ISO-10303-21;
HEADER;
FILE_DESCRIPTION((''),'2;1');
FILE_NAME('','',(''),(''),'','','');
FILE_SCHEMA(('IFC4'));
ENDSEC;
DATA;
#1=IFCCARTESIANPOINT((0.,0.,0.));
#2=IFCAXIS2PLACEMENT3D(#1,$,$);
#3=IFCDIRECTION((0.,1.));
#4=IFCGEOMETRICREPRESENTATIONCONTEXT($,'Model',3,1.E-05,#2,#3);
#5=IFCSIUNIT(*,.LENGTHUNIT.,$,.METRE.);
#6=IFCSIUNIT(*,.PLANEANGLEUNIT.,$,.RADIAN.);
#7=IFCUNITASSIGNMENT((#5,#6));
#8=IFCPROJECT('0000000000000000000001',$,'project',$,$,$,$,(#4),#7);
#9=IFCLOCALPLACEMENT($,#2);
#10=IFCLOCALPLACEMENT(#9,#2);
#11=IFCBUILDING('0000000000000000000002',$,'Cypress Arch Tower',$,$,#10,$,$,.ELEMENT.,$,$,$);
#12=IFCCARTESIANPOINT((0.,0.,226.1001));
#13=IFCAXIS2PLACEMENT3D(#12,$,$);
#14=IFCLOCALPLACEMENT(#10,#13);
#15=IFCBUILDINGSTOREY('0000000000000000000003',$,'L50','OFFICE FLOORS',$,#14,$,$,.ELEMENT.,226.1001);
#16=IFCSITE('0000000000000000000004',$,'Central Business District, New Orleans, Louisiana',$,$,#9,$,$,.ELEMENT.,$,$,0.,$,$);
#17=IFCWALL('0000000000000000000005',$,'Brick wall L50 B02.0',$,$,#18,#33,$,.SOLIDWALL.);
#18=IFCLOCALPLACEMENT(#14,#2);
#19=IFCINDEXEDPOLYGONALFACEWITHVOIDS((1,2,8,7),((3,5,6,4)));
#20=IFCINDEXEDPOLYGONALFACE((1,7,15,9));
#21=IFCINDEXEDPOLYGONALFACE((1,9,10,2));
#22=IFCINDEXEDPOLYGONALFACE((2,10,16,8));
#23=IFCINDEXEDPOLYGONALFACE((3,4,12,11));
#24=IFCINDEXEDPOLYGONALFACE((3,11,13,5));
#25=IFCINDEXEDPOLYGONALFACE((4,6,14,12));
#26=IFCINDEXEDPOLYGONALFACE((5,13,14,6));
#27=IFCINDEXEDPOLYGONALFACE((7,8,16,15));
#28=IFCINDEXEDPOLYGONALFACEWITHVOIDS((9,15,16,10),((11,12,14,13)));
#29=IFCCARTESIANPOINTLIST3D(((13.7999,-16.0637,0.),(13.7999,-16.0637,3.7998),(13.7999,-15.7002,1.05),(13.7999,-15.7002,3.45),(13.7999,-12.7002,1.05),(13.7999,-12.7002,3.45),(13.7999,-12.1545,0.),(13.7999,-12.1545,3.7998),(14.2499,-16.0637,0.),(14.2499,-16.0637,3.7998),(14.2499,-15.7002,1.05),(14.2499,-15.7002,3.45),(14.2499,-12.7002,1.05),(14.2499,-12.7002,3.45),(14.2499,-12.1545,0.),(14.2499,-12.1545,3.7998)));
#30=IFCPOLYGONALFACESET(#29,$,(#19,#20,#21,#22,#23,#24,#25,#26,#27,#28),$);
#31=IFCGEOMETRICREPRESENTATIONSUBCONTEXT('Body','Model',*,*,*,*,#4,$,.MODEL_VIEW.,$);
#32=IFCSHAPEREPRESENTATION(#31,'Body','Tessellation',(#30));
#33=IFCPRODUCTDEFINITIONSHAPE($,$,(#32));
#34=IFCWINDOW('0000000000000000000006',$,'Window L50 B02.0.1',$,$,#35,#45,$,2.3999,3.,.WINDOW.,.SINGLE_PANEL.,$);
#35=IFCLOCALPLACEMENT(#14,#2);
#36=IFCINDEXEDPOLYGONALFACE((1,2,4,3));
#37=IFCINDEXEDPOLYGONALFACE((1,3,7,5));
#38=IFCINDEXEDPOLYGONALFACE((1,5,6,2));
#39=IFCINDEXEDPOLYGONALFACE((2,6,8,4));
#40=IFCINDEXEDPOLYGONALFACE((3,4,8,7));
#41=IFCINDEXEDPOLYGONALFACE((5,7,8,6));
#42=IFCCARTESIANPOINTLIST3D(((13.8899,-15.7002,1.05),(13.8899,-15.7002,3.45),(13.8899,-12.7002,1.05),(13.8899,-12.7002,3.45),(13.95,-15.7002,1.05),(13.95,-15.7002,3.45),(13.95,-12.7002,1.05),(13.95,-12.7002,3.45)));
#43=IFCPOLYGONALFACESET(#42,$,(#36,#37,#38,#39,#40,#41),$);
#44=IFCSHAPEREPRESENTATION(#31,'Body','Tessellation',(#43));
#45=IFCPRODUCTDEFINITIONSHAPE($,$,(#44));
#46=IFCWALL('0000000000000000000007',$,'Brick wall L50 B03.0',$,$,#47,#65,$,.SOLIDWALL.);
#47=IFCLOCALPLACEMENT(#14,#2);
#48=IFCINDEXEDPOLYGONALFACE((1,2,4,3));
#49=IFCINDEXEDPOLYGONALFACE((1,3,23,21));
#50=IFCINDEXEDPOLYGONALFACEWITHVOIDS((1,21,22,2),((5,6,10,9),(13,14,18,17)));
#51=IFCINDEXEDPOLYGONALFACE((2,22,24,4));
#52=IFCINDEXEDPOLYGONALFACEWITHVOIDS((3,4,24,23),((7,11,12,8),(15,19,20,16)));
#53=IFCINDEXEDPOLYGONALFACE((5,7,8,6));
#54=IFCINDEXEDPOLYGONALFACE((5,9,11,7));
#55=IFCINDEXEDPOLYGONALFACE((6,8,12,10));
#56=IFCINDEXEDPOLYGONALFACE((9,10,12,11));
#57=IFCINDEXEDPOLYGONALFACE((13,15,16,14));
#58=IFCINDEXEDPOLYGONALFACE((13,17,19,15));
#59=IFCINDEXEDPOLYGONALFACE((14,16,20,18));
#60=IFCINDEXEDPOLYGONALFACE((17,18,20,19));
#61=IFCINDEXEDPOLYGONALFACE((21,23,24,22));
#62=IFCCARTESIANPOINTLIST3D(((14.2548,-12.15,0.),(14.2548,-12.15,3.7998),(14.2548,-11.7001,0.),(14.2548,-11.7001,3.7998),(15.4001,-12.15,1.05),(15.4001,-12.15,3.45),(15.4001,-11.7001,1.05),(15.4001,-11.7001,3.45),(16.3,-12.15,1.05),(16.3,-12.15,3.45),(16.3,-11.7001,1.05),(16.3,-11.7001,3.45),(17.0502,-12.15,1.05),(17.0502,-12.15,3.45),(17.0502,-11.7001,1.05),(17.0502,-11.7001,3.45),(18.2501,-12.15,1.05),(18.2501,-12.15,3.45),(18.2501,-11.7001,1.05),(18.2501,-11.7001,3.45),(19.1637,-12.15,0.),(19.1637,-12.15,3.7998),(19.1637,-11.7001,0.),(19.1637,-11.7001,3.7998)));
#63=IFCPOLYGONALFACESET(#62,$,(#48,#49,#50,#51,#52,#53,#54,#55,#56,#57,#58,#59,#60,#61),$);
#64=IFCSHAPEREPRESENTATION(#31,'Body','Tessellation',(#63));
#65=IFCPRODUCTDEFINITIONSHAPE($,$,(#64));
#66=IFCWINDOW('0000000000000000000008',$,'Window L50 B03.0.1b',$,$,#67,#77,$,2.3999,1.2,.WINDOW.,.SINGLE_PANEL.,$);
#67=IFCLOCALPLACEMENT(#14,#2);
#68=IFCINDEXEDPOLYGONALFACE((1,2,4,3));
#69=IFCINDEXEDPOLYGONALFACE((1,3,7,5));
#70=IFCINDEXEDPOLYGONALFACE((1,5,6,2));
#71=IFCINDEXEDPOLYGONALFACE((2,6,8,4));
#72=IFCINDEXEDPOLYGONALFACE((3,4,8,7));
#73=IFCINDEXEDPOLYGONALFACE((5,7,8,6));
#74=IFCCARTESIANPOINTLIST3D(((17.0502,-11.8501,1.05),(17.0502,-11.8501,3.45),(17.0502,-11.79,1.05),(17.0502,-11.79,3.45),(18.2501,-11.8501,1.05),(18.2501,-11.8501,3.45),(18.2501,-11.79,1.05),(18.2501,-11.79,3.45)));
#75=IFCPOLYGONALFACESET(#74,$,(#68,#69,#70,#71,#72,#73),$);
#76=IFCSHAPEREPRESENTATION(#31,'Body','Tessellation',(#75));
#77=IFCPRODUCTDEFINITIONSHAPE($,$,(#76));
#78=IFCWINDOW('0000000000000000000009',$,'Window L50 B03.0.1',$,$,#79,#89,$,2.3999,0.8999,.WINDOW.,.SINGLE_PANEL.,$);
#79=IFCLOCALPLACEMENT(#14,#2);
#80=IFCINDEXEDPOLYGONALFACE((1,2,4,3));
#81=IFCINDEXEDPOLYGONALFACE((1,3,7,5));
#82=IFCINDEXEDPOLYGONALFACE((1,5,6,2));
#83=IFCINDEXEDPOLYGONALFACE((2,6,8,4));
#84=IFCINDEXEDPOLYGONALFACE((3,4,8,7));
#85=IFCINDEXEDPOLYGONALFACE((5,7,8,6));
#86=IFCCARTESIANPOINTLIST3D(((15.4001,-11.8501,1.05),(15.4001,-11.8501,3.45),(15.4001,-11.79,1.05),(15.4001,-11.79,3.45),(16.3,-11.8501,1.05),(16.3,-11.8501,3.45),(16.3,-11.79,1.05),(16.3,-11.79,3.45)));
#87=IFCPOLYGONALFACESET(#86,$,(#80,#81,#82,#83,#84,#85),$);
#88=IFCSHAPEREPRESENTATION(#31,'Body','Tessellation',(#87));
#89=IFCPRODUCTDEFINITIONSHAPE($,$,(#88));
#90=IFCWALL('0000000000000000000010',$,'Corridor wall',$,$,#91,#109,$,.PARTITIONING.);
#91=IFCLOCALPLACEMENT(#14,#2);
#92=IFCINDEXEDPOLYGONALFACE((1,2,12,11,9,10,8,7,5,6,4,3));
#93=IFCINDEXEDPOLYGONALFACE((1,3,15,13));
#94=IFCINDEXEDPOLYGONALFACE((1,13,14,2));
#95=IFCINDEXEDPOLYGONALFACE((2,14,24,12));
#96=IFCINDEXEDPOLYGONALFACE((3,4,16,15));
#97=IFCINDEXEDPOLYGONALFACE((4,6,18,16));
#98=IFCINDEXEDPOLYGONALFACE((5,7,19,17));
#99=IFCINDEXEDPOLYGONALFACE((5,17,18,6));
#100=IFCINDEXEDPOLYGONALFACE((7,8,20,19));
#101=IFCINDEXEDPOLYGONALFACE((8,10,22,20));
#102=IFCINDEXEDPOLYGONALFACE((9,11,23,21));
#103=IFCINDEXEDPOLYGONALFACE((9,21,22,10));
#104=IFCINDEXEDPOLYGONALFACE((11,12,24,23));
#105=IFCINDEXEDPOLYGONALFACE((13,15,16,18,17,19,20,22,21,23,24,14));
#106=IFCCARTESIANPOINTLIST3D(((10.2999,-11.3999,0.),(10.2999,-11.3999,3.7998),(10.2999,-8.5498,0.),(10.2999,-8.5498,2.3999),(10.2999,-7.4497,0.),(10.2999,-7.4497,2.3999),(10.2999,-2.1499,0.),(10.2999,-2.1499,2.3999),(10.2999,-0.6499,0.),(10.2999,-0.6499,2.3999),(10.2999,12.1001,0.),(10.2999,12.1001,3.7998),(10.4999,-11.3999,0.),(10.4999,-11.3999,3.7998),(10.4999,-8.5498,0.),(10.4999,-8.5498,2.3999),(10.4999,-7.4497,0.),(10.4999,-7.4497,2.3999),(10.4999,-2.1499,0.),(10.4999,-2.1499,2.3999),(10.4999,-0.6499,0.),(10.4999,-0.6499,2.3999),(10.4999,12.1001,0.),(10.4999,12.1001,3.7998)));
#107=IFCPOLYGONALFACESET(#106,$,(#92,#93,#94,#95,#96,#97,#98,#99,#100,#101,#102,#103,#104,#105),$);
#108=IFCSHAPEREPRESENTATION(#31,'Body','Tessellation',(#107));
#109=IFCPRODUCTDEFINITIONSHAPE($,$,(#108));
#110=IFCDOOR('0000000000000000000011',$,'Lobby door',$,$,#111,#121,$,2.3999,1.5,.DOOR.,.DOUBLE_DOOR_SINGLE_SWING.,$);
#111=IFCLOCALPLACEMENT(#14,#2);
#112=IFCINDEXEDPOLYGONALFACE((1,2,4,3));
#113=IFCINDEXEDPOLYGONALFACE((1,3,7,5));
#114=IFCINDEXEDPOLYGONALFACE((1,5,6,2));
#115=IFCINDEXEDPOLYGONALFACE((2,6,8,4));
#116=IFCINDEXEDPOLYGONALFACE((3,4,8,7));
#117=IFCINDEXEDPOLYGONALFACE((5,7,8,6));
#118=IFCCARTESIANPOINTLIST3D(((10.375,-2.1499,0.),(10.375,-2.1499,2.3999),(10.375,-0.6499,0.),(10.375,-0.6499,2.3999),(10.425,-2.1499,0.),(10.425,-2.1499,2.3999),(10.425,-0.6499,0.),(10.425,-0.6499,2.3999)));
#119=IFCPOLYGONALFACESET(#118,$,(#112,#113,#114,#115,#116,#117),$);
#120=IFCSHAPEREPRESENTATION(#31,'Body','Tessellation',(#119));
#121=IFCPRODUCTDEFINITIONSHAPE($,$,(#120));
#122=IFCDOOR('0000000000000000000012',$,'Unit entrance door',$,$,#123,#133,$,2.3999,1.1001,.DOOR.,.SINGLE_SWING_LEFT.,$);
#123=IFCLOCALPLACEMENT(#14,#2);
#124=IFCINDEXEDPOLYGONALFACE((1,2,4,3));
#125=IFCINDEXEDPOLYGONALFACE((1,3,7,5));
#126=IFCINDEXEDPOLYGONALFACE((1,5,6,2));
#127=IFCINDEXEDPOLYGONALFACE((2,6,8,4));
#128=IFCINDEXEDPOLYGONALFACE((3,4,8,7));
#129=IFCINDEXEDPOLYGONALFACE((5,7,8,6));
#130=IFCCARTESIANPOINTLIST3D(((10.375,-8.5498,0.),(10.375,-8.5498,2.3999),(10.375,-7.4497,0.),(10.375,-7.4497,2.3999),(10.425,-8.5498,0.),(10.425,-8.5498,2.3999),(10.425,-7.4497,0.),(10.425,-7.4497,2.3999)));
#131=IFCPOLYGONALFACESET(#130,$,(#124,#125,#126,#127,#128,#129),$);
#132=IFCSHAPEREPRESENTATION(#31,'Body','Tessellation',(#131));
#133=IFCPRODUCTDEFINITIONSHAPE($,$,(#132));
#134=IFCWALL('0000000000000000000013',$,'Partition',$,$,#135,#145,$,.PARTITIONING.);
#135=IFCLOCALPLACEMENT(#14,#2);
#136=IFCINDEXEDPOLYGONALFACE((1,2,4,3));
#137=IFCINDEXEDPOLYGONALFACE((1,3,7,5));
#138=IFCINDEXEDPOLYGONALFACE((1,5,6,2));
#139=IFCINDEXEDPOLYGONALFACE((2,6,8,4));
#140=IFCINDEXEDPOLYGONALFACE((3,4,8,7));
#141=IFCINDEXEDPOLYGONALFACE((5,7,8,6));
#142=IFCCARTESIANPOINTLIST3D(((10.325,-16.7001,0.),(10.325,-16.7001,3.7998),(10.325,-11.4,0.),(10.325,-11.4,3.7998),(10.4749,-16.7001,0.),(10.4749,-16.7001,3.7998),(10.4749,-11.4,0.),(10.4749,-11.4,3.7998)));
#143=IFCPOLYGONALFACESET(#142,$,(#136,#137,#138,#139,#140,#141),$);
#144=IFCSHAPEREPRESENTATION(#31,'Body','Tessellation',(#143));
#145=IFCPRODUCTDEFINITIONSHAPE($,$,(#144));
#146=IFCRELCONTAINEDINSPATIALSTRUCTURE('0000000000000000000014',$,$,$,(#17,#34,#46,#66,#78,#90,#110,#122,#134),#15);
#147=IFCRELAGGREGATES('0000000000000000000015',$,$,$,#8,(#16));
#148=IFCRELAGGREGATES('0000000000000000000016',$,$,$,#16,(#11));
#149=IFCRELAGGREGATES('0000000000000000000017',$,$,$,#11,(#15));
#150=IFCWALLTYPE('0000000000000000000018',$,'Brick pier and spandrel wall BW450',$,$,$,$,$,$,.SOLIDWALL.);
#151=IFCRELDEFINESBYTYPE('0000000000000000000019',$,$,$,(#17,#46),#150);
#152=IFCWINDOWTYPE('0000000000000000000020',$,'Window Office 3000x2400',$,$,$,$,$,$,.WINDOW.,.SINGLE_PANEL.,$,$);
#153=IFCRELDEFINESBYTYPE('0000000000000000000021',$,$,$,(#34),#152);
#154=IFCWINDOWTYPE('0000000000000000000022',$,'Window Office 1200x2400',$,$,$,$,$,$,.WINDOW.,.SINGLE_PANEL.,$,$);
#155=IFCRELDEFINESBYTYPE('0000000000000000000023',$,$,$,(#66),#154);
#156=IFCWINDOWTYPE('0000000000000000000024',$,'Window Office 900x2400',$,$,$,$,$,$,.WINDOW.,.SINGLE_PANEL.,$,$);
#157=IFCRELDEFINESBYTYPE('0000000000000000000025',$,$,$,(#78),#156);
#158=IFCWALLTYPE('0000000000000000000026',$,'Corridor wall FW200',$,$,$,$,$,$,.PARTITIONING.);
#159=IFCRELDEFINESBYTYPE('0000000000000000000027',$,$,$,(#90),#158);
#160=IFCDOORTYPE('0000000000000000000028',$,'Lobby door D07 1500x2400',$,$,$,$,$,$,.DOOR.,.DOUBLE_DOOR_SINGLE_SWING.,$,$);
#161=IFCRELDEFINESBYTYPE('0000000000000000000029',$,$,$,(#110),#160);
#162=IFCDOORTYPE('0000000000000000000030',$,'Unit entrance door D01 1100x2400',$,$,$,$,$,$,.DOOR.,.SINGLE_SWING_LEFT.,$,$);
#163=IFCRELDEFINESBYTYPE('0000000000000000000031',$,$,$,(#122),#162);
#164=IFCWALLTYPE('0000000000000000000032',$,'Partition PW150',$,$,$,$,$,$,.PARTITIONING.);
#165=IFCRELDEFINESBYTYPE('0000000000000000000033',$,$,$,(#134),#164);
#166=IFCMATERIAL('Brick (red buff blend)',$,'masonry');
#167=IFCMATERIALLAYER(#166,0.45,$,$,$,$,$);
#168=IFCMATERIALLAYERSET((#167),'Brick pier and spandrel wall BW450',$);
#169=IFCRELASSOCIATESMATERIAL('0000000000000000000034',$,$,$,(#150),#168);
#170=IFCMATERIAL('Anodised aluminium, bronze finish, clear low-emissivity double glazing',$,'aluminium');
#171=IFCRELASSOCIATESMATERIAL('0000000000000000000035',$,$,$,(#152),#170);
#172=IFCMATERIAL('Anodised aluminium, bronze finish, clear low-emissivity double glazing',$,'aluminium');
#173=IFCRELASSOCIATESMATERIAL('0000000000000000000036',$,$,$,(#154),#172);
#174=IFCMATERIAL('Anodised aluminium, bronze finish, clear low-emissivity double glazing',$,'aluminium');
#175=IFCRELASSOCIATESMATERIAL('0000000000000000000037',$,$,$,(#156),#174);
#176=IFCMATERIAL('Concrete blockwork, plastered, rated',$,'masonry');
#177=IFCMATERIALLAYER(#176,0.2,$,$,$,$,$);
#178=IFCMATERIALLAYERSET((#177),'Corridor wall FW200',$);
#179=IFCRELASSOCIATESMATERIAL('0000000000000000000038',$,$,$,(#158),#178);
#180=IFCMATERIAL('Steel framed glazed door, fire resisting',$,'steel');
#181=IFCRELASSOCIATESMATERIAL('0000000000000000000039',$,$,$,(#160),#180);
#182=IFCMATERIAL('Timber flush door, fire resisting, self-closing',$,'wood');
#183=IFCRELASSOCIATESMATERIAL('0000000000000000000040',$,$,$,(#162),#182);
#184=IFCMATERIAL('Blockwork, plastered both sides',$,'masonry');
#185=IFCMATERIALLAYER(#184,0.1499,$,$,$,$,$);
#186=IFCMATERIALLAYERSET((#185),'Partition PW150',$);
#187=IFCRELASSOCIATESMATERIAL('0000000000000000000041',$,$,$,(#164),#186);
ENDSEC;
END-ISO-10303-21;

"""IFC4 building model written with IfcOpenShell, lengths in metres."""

from ifc_helpers import new_model, si_unit, direction, frame, frame_2d, origin, place, context, subcontext, project, spatial, rectangle, extrude, material, layer, layer_set, type_object, element, fill, save


model = new_model("IFC4")

# Units and contexts
model_context = context("Model", 3, precision=1e-05, world=origin(), true_north=direction((0.0, 1.0)))
body_context = subcontext(model_context, "Body", "Model", "MODEL_VIEW")
ifc_project = project(units=[si_unit("LENGTHUNIT", "METRE"), si_unit("PLANEANGLEUNIT", "RADIAN")], contexts=[model_context])

# Site, building, storey
site_placement = place(None, origin())
site = spatial("IfcSite", under=ifc_project, at=site_placement, Name="Central Business District, New Orleans, Louisiana", CompositionType="ELEMENT", RefElevation=0.0)
building_placement = place(site_placement, origin())
building = spatial("IfcBuilding", under=site, at=building_placement, Name="Cypress Arch Tower", CompositionType="ELEMENT")
storey_placement = place(building_placement, frame((0.0, 0.0, 226.1001)))
storey = spatial("IfcBuildingStorey", under=building, at=storey_placement, Name="L50", Description="OFFICE FLOORS", CompositionType="ELEMENT", Elevation=226.1001)

# Wall, opening, window
ifc_material_1 = material(Name="Brick (red buff blend)", Category="masonry")
ifc_layer_1 = layer(ifc_material_1, 0.45)
ifc_layer_set_1 = layer_set([ifc_layer_1], Name="Brick pier and spandrel wall BW450")
wall_type_1 = type_object("IfcWallType", Name="Brick pier and spandrel wall BW450", PredefinedType="SOLIDWALL", material=ifc_layer_set_1)
wall_1_placement = place(storey_placement, frame((14.0249, -16.0637, 0.0), z_axis=(0.0, 0.0, 1.0), x_axis=(0.0, 1.0, 0.0)))
wall_1 = element("IfcWall", 1, at=wall_1_placement, inside=storey, type_object=wall_type_1, Name="Brick wall L50 B02.0", PredefinedType="SOLIDWALL", context=body_context, shape_type="SweptSolid", body=[
    extrude(rectangle(XDim=3.9092, YDim=0.45, at=frame_2d((1.9546, 0.0))), origin(), (0.0, 0.0, 1.0), 3.7998),
])
opening_1_placement = place(wall_1_placement, frame((0.3635, 0.0, 1.05)))
opening_1 = element("IfcOpeningElement", 2, at=opening_1_placement, cuts=wall_1, PredefinedType="OPENING", context=body_context, shape_type="SweptSolid", body=[
    extrude(rectangle(XDim=3.0, YDim=2.3999, at=frame_2d((1.5, 1.2))), frame((0.0, 0.2349, 0.0), z_axis=(0.0, -1.0, 0.0), x_axis=(1.0, 0.0, 0.0)), (0.0, 0.0, 1.0), 0.47),
])
ifc_material_2 = material(Name="Anodised aluminium, bronze finish, clear low-emissivity double glazing", Category="aluminium")
window_type_1 = type_object("IfcWindowType", Name="Window Office 3000x2400", PartitioningType="SINGLE_PANEL", PredefinedType="WINDOW", material=ifc_material_2)
window_1_placement = place(opening_1_placement, origin())
window_1 = element("IfcWindow", 3, at=window_1_placement, inside=storey, type_object=window_type_1, Name="Window L50 B02.0.1", OverallHeight=2.3999, OverallWidth=3.0, PartitioningType="SINGLE_PANEL", PredefinedType="WINDOW", context=body_context, shape_type="SweptSolid", body=[
    extrude(rectangle(XDim=3.0, YDim=2.3999, at=frame_2d((1.5, 1.2))), frame((0.0, 0.135, 0.0), z_axis=(0.0, -1.0, 0.0), x_axis=(1.0, 0.0, 0.0)), (0.0, 0.0, 1.0), 0.0601),
])
fill(opening_1, window_1)

# Wall, openings, windows
wall_2_placement = place(storey_placement, frame((14.2546, -11.925, 0.0), z_axis=(0.0, 0.0, 1.0), x_axis=(1.0, 0.0, 0.0)))
wall_2 = element("IfcWall", 4, at=wall_2_placement, inside=storey, type_object=wall_type_1, Name="Brick wall L50 B03.0", PredefinedType="SOLIDWALL", context=body_context, shape_type="SweptSolid", body=[
    extrude(rectangle(XDim=4.9089, YDim=0.45, at=frame_2d((2.4546, 0.0))), origin(), (0.0, 0.0, 1.0), 3.7998),
])
opening_2_placement = place(wall_2_placement, frame((1.1455, 0.0, 1.05)))
opening_2 = element("IfcOpeningElement", 5, at=opening_2_placement, cuts=wall_2, PredefinedType="OPENING", context=body_context, shape_type="SweptSolid", body=[
    extrude(rectangle(XDim=0.8999, YDim=2.3999, at=frame_2d((0.45, 1.2))), frame((0.0, 0.2349, 0.0), z_axis=(0.0, -1.0, 0.0), x_axis=(1.0, 0.0, 0.0)), (0.0, 0.0, 1.0), 0.47),
])
opening_3_placement = place(wall_2_placement, frame((2.7954, 0.0, 1.05)))
opening_3 = element("IfcOpeningElement", 6, at=opening_3_placement, cuts=wall_2, PredefinedType="OPENING", context=body_context, shape_type="SweptSolid", body=[
    extrude(rectangle(XDim=1.2, YDim=2.3999, at=frame_2d((0.6001, 1.2))), frame((0.0, 0.2349, 0.0), z_axis=(0.0, -1.0, 0.0), x_axis=(1.0, 0.0, 0.0)), (0.0, 0.0, 1.0), 0.47),
])
ifc_material_3 = material(Name="Anodised aluminium, bronze finish, clear low-emissivity double glazing", Category="aluminium")
window_type_2 = type_object("IfcWindowType", Name="Window Office 1200x2400", PartitioningType="SINGLE_PANEL", PredefinedType="WINDOW", material=ifc_material_3)
window_2_placement = place(opening_3_placement, origin())
window_2 = element("IfcWindow", 7, at=window_2_placement, inside=storey, type_object=window_type_2, Name="Window L50 B03.0.1b", OverallHeight=2.3999, OverallWidth=1.2, PartitioningType="SINGLE_PANEL", PredefinedType="WINDOW", context=body_context, shape_type="SweptSolid", body=[
    extrude(rectangle(XDim=1.2, YDim=2.3999, at=frame_2d((0.6001, 1.2))), frame((0.0, 0.135, 0.0), z_axis=(0.0, -1.0, 0.0), x_axis=(1.0, 0.0, 0.0)), (0.0, 0.0, 1.0), 0.0601),
])
fill(opening_3, window_2)
ifc_material_4 = material(Name="Anodised aluminium, bronze finish, clear low-emissivity double glazing", Category="aluminium")
window_type_3 = type_object("IfcWindowType", Name="Window Office 900x2400", PartitioningType="SINGLE_PANEL", PredefinedType="WINDOW", material=ifc_material_4)
window_3_placement = place(opening_2_placement, origin())
window_3 = element("IfcWindow", 8, at=window_3_placement, inside=storey, type_object=window_type_3, Name="Window L50 B03.0.1", OverallHeight=2.3999, OverallWidth=0.8999, PartitioningType="SINGLE_PANEL", PredefinedType="WINDOW", context=body_context, shape_type="SweptSolid", body=[
    extrude(rectangle(XDim=0.8999, YDim=2.3999, at=frame_2d((0.45, 1.2))), frame((0.0, 0.135, 0.0), z_axis=(0.0, -1.0, 0.0), x_axis=(1.0, 0.0, 0.0)), (0.0, 0.0, 1.0), 0.0601),
])
fill(opening_2, window_3)

# Wall, openings, doors
ifc_material_5 = material(Name="Concrete blockwork, plastered, rated", Category="masonry")
ifc_layer_2 = layer(ifc_material_5, 0.2)
ifc_layer_set_2 = layer_set([ifc_layer_2], Name="Corridor wall FW200")
wall_type_2 = type_object("IfcWallType", Name="Corridor wall FW200", PredefinedType="PARTITIONING", material=ifc_layer_set_2)
wall_3_placement = place(storey_placement, frame((10.3999, -11.3999, 0.0), z_axis=(0.0, 0.0, 1.0), x_axis=(0.0, 1.0, 0.0)))
wall_3 = element("IfcWall", 9, at=wall_3_placement, inside=storey, type_object=wall_type_2, Name="Corridor wall", PredefinedType="PARTITIONING", context=body_context, shape_type="SweptSolid", body=[
    extrude(rectangle(XDim=23.5, YDim=0.2, at=frame_2d((11.75, 0.0))), origin(), (0.0, 0.0, 1.0), 3.7998),
])
opening_4_placement = place(wall_3_placement, frame((9.25, 0.0, 0.0)))
opening_4 = element("IfcOpeningElement", 10, at=opening_4_placement, cuts=wall_3, PredefinedType="OPENING", context=body_context, shape_type="SweptSolid", body=[
    extrude(rectangle(XDim=1.5, YDim=2.3999, at=frame_2d((0.75, 1.2))), frame((0.0, 0.1099, 0.0), z_axis=(0.0, -1.0, 0.0), x_axis=(1.0, 0.0, 0.0)), (0.0, 0.0, 1.0), 0.22),
])
opening_5_placement = place(wall_3_placement, frame((2.8501, 0.0, 0.0)))
opening_5 = element("IfcOpeningElement", 11, at=opening_5_placement, cuts=wall_3, PredefinedType="OPENING", context=body_context, shape_type="SweptSolid", body=[
    extrude(rectangle(XDim=1.1001, YDim=2.3999, at=frame_2d((0.55, 1.2))), frame((0.0, 0.1099, 0.0), z_axis=(0.0, -1.0, 0.0), x_axis=(1.0, 0.0, 0.0)), (0.0, 0.0, 1.0), 0.22),
])
ifc_material_6 = material(Name="Steel framed glazed door, fire resisting", Category="steel")
door_type_1 = type_object("IfcDoorType", Name="Lobby door D07 1500x2400", OperationType="DOUBLE_DOOR_SINGLE_SWING", PredefinedType="DOOR", material=ifc_material_6)
door_1_placement = place(opening_4_placement, origin())
door_1 = element("IfcDoor", 12, at=door_1_placement, inside=storey, type_object=door_type_1, Name="Lobby door", OperationType="DOUBLE_DOOR_SINGLE_SWING", OverallHeight=2.3999, OverallWidth=1.5, PredefinedType="DOOR", context=body_context, shape_type="SweptSolid", body=[
    extrude(rectangle(XDim=1.5, YDim=2.3999, at=frame_2d((0.75, 1.2))), frame((0.0, 0.0249, 0.0), z_axis=(0.0, -1.0, 0.0), x_axis=(1.0, 0.0, 0.0)), (0.0, 0.0, 1.0), 0.05),
])
fill(opening_4, door_1)
ifc_material_7 = material(Name="Timber flush door, fire resisting, self-closing", Category="wood")
door_type_2 = type_object("IfcDoorType", Name="Unit entrance door D01 1100x2400", OperationType="SINGLE_SWING_LEFT", PredefinedType="DOOR", material=ifc_material_7)
door_2_placement = place(opening_5_placement, origin())
door_2 = element("IfcDoor", 13, at=door_2_placement, inside=storey, type_object=door_type_2, Name="Unit entrance door", OperationType="SINGLE_SWING_LEFT", OverallHeight=2.3999, OverallWidth=1.1001, PredefinedType="DOOR", context=body_context, shape_type="SweptSolid", body=[
    extrude(rectangle(XDim=1.1001, YDim=2.3999, at=frame_2d((0.55, 1.2))), frame((0.0, 0.0249, 0.0), z_axis=(0.0, -1.0, 0.0), x_axis=(1.0, 0.0, 0.0)), (0.0, 0.0, 1.0), 0.05),
])
fill(opening_5, door_2)

# Wall
ifc_material_8 = material(Name="Blockwork, plastered both sides", Category="masonry")
ifc_layer_3 = layer(ifc_material_8, 0.1499)
ifc_layer_set_3 = layer_set([ifc_layer_3], Name="Partition PW150")
wall_type_3 = type_object("IfcWallType", Name="Partition PW150", PredefinedType="PARTITIONING", material=ifc_layer_set_3)
wall_4_placement = place(storey_placement, frame((10.3999, -16.7, 0.0), z_axis=(0.0, 0.0, 1.0), x_axis=(0.0, 1.0, 0.0)))
element("IfcWall", 14, at=wall_4_placement, inside=storey, type_object=wall_type_3, Name="Partition", PredefinedType="PARTITIONING", context=body_context, shape_type="SweptSolid", body=[
    extrude(rectangle(XDim=5.3, YDim=0.1499, at=frame_2d((2.6499, 0.0))), origin(), (0.0, 0.0, 1.0), 3.7998),
])

save(model, "model.ifc")
